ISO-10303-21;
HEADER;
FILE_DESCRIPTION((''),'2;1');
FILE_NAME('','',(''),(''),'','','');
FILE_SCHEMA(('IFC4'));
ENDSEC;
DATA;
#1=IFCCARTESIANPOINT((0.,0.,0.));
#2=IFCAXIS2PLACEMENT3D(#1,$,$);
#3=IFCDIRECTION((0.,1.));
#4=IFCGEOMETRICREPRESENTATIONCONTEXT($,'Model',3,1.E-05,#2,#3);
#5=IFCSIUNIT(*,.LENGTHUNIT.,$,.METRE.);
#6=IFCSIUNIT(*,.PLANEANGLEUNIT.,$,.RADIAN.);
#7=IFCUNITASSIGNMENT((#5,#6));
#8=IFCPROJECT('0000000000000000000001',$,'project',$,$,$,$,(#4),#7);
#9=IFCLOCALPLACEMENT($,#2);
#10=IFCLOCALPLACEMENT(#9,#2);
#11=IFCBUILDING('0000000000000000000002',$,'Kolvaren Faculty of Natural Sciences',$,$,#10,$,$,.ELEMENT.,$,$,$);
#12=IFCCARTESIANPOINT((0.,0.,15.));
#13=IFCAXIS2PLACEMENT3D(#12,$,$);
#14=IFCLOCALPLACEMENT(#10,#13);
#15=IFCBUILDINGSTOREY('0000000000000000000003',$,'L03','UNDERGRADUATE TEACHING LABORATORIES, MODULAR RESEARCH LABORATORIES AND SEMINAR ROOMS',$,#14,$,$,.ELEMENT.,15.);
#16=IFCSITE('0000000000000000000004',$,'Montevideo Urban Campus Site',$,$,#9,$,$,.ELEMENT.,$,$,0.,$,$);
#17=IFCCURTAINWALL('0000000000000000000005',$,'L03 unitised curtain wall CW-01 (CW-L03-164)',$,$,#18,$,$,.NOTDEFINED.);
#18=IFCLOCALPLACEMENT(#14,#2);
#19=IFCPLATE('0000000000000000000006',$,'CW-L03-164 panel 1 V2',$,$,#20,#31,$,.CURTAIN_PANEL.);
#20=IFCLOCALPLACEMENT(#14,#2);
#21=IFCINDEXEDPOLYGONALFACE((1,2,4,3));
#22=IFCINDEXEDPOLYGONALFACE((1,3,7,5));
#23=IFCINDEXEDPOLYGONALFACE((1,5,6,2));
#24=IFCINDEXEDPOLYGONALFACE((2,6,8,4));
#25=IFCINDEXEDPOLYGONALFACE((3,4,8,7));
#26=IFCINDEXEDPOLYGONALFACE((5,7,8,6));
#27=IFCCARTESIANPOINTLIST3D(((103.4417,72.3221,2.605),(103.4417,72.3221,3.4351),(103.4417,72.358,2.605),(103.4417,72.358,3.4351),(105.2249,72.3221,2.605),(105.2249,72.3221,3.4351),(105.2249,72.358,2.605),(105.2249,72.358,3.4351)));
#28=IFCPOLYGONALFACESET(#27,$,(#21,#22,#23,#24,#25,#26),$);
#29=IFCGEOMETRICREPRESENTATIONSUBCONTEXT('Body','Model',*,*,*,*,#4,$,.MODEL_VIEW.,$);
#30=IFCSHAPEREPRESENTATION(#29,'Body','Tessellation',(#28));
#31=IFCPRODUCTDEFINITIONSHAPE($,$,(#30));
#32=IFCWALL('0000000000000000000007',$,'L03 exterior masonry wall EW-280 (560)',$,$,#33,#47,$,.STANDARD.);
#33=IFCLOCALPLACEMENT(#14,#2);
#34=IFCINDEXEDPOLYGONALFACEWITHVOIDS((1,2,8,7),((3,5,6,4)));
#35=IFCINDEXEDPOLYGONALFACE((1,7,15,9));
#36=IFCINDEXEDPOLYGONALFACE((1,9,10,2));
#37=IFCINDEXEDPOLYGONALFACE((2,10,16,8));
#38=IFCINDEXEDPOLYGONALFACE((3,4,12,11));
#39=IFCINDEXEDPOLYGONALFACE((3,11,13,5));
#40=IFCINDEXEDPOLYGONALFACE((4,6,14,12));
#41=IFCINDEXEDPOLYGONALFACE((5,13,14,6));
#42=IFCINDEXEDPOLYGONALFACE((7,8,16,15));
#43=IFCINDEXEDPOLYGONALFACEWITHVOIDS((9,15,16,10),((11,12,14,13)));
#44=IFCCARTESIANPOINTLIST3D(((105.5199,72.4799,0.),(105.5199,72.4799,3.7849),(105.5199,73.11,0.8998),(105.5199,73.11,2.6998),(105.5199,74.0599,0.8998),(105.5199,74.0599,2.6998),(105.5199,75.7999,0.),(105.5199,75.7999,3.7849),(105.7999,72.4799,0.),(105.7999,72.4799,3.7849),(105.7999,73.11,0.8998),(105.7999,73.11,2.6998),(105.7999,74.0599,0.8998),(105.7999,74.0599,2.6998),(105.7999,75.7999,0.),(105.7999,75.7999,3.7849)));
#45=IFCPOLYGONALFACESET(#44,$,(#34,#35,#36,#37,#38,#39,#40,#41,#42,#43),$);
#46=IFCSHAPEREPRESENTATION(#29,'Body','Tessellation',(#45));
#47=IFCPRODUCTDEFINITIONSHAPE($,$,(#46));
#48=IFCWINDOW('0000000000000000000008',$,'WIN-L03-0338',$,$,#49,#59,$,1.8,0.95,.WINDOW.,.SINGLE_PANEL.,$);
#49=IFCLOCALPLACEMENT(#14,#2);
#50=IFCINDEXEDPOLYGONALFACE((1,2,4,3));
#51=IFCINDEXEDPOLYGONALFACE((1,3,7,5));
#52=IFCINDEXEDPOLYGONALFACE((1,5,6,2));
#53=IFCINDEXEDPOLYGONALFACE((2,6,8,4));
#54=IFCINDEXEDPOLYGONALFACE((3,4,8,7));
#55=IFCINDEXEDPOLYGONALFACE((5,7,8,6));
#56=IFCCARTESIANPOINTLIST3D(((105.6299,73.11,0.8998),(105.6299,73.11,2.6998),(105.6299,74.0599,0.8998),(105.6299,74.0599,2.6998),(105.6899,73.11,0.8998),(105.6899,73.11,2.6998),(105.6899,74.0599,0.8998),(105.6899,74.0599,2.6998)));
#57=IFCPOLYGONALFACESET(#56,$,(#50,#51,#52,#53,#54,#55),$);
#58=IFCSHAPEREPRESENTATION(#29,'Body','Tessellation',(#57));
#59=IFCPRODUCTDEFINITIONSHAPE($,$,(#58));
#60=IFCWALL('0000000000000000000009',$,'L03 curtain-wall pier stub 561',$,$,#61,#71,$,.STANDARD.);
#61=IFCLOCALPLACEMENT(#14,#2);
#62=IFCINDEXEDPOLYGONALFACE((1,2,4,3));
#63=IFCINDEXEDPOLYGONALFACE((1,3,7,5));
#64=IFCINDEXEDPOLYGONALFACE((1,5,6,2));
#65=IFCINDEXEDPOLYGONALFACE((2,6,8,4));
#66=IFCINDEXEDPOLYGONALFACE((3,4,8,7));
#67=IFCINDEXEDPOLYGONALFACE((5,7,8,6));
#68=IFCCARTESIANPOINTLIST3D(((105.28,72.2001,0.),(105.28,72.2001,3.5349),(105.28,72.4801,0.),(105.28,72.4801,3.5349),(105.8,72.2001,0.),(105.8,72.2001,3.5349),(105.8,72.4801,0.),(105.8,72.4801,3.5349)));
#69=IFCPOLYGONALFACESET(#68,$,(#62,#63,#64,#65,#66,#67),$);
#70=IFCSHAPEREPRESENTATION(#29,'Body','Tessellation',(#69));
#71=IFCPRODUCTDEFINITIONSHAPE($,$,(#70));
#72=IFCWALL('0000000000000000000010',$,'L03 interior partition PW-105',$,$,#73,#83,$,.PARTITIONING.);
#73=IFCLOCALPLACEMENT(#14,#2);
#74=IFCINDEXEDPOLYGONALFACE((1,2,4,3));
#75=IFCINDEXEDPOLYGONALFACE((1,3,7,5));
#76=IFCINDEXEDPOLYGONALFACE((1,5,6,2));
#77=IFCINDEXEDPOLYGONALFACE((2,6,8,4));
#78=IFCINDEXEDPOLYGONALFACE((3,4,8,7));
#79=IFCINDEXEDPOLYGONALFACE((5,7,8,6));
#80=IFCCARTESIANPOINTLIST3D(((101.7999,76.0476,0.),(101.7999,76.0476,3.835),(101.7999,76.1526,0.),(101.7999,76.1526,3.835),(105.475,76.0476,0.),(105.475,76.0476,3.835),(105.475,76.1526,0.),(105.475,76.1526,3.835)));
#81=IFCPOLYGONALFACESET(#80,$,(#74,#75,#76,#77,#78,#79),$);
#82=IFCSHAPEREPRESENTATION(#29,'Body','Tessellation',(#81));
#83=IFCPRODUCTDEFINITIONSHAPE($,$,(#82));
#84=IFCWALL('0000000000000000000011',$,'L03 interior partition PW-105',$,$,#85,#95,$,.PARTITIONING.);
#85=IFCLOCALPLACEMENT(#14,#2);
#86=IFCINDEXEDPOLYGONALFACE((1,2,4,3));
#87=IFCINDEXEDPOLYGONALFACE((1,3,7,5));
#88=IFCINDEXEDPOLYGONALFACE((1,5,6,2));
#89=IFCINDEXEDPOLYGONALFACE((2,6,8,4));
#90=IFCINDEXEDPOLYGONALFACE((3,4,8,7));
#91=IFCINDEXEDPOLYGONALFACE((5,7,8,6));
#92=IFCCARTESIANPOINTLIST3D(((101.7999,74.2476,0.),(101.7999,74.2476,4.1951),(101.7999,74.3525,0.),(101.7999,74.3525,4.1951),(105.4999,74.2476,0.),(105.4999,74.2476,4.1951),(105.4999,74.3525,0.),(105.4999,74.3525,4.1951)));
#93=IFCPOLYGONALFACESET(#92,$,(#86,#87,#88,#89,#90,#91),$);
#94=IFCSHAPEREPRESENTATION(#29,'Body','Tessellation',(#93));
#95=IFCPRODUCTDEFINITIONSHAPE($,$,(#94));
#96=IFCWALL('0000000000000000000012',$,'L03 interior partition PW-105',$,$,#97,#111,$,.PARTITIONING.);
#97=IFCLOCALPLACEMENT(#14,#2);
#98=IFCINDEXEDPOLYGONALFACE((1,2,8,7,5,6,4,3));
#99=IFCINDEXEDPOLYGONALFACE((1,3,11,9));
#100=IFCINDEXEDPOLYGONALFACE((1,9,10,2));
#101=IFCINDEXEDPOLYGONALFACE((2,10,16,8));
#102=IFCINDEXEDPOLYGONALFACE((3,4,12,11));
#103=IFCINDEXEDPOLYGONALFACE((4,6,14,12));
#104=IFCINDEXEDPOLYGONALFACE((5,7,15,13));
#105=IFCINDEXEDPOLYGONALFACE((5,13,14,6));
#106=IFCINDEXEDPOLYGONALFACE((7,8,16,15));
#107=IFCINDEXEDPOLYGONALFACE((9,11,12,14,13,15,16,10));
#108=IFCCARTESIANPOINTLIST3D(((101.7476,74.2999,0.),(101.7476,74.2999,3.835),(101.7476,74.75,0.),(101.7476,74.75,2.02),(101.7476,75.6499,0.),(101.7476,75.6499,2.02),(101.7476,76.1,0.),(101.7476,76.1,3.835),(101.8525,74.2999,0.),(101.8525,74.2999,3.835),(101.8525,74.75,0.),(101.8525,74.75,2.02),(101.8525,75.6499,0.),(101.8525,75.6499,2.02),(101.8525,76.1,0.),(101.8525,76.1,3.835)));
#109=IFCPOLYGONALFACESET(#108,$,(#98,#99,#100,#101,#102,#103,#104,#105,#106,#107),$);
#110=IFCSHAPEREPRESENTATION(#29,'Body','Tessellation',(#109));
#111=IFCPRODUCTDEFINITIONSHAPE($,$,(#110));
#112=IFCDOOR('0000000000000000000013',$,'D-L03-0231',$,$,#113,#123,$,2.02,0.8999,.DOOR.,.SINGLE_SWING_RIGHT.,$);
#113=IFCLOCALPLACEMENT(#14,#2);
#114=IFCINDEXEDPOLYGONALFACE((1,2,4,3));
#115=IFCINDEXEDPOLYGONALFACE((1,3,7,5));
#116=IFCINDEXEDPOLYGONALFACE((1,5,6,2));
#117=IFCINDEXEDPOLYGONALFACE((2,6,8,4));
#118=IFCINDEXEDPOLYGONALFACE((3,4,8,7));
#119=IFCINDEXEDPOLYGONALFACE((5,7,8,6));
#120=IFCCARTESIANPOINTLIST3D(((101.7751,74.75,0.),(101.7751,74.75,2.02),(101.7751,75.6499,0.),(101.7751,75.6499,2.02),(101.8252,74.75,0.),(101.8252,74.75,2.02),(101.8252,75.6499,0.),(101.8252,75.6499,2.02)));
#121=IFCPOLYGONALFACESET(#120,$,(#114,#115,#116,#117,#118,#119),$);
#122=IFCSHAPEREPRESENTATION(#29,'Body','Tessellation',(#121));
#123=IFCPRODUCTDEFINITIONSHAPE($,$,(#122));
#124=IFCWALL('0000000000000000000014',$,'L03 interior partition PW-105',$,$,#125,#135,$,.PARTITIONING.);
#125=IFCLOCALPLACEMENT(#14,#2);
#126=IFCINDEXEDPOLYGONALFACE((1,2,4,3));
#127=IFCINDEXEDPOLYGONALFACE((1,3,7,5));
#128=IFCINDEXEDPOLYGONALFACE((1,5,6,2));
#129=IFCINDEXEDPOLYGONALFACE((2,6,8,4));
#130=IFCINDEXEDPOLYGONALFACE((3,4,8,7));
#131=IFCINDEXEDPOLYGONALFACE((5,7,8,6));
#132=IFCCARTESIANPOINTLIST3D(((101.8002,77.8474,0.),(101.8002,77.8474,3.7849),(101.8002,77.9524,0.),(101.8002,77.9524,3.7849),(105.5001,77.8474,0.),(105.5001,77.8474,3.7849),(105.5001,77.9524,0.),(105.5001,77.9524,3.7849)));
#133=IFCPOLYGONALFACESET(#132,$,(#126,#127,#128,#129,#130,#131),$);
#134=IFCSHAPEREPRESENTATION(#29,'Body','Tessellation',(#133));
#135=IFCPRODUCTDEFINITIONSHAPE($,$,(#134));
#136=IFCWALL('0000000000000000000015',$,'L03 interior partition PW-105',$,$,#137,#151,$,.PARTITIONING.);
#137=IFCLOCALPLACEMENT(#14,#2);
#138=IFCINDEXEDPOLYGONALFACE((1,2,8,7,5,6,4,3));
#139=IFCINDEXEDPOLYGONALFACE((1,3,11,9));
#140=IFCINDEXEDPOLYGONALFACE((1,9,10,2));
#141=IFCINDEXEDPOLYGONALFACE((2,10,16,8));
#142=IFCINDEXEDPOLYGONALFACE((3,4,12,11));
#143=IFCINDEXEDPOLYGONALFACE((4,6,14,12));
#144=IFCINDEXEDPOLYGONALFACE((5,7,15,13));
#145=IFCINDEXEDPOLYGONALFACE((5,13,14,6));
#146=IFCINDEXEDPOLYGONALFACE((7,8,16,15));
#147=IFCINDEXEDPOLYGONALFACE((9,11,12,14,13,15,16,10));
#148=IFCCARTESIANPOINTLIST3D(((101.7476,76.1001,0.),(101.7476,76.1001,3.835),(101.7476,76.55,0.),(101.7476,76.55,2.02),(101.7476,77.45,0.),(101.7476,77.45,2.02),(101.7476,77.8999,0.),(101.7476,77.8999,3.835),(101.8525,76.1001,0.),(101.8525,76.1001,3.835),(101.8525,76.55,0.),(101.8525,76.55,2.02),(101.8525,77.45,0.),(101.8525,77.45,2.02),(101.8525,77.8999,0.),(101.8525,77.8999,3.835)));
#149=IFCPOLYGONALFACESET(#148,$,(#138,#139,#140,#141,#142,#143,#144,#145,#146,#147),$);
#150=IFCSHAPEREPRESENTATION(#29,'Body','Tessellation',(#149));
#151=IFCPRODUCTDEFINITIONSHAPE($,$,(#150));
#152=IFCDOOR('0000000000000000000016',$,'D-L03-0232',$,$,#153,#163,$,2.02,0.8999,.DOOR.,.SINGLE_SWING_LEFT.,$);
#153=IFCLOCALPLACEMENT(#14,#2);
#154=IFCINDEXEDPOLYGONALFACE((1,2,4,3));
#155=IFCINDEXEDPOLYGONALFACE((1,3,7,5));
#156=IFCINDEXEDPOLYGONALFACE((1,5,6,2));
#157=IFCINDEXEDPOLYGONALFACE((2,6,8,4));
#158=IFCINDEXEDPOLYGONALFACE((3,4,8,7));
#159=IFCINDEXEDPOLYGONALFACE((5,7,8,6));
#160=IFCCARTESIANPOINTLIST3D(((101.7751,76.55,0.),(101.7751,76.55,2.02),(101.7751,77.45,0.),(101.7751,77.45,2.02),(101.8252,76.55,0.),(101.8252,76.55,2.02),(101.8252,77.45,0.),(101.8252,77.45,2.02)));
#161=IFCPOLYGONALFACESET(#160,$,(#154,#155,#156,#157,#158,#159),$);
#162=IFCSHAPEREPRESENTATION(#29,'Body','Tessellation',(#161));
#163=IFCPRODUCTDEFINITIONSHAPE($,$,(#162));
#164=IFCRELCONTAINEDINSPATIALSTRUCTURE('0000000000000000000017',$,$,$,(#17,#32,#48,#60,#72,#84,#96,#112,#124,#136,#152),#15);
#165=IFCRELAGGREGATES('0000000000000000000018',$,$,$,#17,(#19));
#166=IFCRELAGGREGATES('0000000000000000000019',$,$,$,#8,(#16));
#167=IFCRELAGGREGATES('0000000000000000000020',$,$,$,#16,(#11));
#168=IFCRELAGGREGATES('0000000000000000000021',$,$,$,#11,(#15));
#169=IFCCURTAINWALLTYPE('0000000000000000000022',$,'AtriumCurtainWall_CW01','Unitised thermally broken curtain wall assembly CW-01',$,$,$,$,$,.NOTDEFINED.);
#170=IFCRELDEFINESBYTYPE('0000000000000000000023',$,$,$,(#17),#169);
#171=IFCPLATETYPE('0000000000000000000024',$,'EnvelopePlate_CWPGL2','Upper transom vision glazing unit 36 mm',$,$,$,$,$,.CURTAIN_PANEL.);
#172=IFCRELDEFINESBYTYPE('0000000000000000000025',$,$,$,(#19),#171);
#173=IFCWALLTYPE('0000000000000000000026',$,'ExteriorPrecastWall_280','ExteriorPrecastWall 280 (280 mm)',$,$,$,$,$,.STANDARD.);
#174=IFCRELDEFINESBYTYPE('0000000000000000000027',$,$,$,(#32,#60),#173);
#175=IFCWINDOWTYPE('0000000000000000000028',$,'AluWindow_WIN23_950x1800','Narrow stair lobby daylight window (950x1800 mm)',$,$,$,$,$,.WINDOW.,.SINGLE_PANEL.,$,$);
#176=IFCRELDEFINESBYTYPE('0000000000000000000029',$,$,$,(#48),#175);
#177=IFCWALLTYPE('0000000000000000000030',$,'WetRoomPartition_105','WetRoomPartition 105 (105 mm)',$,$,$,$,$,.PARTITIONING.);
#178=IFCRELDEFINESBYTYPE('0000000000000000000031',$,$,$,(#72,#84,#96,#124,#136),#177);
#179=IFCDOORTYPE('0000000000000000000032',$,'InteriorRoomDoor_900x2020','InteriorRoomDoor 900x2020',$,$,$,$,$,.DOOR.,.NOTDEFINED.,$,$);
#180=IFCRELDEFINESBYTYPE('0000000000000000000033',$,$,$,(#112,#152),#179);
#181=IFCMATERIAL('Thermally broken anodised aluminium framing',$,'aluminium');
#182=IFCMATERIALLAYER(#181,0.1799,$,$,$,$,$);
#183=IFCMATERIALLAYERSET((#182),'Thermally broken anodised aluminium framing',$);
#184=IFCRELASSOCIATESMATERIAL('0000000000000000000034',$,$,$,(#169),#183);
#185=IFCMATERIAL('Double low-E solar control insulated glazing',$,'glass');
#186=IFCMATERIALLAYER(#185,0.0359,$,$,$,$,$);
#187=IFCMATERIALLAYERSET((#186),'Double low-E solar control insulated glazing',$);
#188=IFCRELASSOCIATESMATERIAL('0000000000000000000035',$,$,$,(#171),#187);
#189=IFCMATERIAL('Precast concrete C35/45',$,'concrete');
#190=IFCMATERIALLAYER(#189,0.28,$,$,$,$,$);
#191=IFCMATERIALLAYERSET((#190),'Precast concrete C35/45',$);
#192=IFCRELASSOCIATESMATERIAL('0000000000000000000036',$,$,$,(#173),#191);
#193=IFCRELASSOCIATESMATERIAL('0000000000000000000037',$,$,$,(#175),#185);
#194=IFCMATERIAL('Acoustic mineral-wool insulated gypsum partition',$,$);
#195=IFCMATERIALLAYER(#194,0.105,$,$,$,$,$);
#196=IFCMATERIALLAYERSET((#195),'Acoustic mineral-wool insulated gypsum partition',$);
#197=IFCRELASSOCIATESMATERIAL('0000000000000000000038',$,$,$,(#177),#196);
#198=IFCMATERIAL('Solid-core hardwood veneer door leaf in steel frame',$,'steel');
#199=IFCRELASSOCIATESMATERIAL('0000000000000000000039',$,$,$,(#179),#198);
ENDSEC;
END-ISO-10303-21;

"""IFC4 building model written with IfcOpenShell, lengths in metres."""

from ifc_helpers import new_model, si_unit, direction, frame, frame_2d, origin, origin_2d, place, context, subcontext, project, spatial, rectangle, extrude, material, layer, layer_set, type_object, element, fill, aggregate, save


model = new_model("IFC4")

# Units and contexts
model_context = context("Model", 3, precision=1e-05, world=origin(), true_north=direction((0.0, 1.0)))
body_context = subcontext(model_context, "Body", "Model", "MODEL_VIEW")
ifc_project = project(units=[si_unit("LENGTHUNIT", "METRE"), si_unit("PLANEANGLEUNIT", "RADIAN")], contexts=[model_context])

# Site, building, storey
site_placement = place(None, origin())
site = spatial("IfcSite", under=ifc_project, at=site_placement, Name="Montevideo Urban Campus Site", CompositionType="ELEMENT", RefElevation=0.0)
building_placement = place(site_placement, origin())
building = spatial("IfcBuilding", under=site, at=building_placement, Name="Kolvaren Faculty of Natural Sciences", CompositionType="ELEMENT")
storey_placement = place(building_placement, frame((0.0, 0.0, 15.0)))
storey = spatial("IfcBuildingStorey", under=building, at=storey_placement, Name="L03", Description="UNDERGRADUATE TEACHING LABORATORIES, MODULAR RESEARCH LABORATORIES AND SEMINAR ROOMS", CompositionType="ELEMENT", Elevation=15.0)

# Curtain wall
ifc_material_1 = material(Name="Thermally broken anodised aluminium framing", Category="aluminium")
ifc_layer_1 = layer(ifc_material_1, 0.1799)
ifc_layer_set_1 = layer_set([ifc_layer_1], Name="Thermally broken anodised aluminium framing")
curtain_wall_type = type_object("IfcCurtainWallType", Name="AtriumCurtainWall_CW01", Description="Unitised thermally broken curtain wall assembly CW-01", PredefinedType="NOTDEFINED", material=ifc_layer_set_1)
curtain_wall_placement = place(storey_placement, origin())
curtain_wall = element("IfcCurtainWall", 1, at=curtain_wall_placement, inside=storey, type_object=curtain_wall_type, Name="L03 unitised curtain wall CW-01 (CW-L03-164)", PredefinedType="NOTDEFINED")

# Plate
ifc_material_2 = material(Name="Double low-E solar control insulated glazing", Category="glass")
ifc_layer_2 = layer(ifc_material_2, 0.0359)
ifc_layer_set_2 = layer_set([ifc_layer_2], Name="Double low-E solar control insulated glazing")
plate_type_1 = type_object("IfcPlateType", Name="EnvelopePlate_CWPGL2", Description="Upper transom vision glazing unit 36 mm", PredefinedType="CURTAIN_PANEL", material=ifc_layer_set_2)
plate_1_placement = place(storey_placement, frame((104.3333, 72.3401, 2.605), z_axis=(0.0, 0.0, 1.0), x_axis=(-1.0, 0.0, 0.0)))
plate_1 = element("IfcPlate", 2, at=plate_1_placement, type_object=plate_type_1, Name="CW-L03-164 panel 1 V2", PredefinedType="CURTAIN_PANEL", context=body_context, shape_type="SweptSolid", body=[
    extrude(rectangle(XDim=1.7832, YDim=0.0359, at=origin_2d()), origin(), (0.0, 0.0, 1.0), 0.8301),
])
aggregate(curtain_wall, [plate_1])

# Wall, opening, window
ifc_material_3 = material(Name="Precast concrete C35/45", Category="concrete")
ifc_layer_3 = layer(ifc_material_3, 0.28)
ifc_layer_set_3 = layer_set([ifc_layer_3], Name="Precast concrete C35/45")
wall_type_1 = type_object("IfcWallType", Name="ExteriorPrecastWall_280", Description="ExteriorPrecastWall 280 (280 mm)", PredefinedType="STANDARD", material=ifc_layer_set_3)
wall_1_placement = place(storey_placement, frame((105.6599, 75.8, 0.0), z_axis=(0.0, 0.0, 1.0), x_axis=(0.0, -1.0, 0.0)))
wall_1 = element("IfcWall", 3, at=wall_1_placement, inside=storey, type_object=wall_type_1, Name="L03 exterior masonry wall EW-280 (560)", PredefinedType="STANDARD", context=body_context, shape_type="SweptSolid", body=[
    extrude(rectangle(XDim=3.3201, YDim=0.28, at=frame_2d((1.6602, 0.0))), origin(), (0.0, 0.0, 1.0), 3.7849),
])
opening_1_placement = place(wall_1_placement, frame((1.74, 0.0, 0.8999)))
opening_1 = element("IfcOpeningElement", 4, at=opening_1_placement, cuts=wall_1, PredefinedType="OPENING", context=body_context, shape_type="SweptSolid", body=[
    extrude(rectangle(XDim=0.95, YDim=1.8, at=frame_2d((0.4751, 0.8999))), frame((0.0, 0.1499, 0.0), z_axis=(0.0, -1.0, 0.0), x_axis=(1.0, 0.0, 0.0)), (0.0, 0.0, 1.0), 0.3),
])
window_type = type_object("IfcWindowType", Name="AluWindow_WIN23_950x1800", Description="Narrow stair lobby daylight window (950x1800 mm)", PartitioningType="SINGLE_PANEL", PredefinedType="WINDOW", material=ifc_material_2)
window_placement = place(opening_1_placement, origin())
window = element("IfcWindow", 5, at=window_placement, inside=storey, type_object=window_type, Name="WIN-L03-0338", OverallHeight=1.8, OverallWidth=0.95, PartitioningType="SINGLE_PANEL", PredefinedType="WINDOW", context=body_context, shape_type="SweptSolid", body=[
    extrude(rectangle(XDim=0.95, YDim=1.8, at=frame_2d((0.4751, 0.8999))), frame((0.0, 0.03, 0.0), z_axis=(0.0, -1.0, 0.0), x_axis=(1.0, 0.0, 0.0)), (0.0, 0.0, 1.0), 0.0601),
])
fill(opening_1, window)

# Walls
wall_2_placement = place(storey_placement, frame((105.8, 72.3401, 0.0), z_axis=(0.0, 0.0, 1.0), x_axis=(-1.0, 0.0, 0.0)))
element("IfcWall", 6, at=wall_2_placement, inside=storey, type_object=wall_type_1, Name="L03 curtain-wall pier stub 561", PredefinedType="STANDARD", context=body_context, shape_type="SweptSolid", body=[
    extrude(rectangle(XDim=0.52, YDim=0.28, at=frame_2d((0.26, 0.0))), origin(), (0.0, 0.0, 1.0), 3.5349),
])
ifc_material_4 = material(Name="Acoustic mineral-wool insulated gypsum partition")
ifc_layer_4 = layer(ifc_material_4, 0.105)
ifc_layer_set_4 = layer_set([ifc_layer_4], Name="Acoustic mineral-wool insulated gypsum partition")
wall_type_2 = type_object("IfcWallType", Name="WetRoomPartition_105", Description="WetRoomPartition 105 (105 mm)", PredefinedType="PARTITIONING", material=ifc_layer_set_4)
wall_3_placement = place(storey_placement, frame((101.8, 76.1001, 0.0), z_axis=(0.0, 0.0, 1.0), x_axis=(1.0, 0.0, 0.0)))
element("IfcWall", 7, at=wall_3_placement, inside=storey, type_object=wall_type_2, Name="L03 interior partition PW-105", PredefinedType="PARTITIONING", context=body_context, shape_type="SweptSolid", body=[
    extrude(rectangle(XDim=3.675, YDim=0.105, at=frame_2d((1.8374, 0.0))), origin(), (0.0, 0.0, 1.0), 3.835),
])
wall_4_placement = place(storey_placement, frame((105.5, 74.3, 0.0), z_axis=(0.0, 0.0, 1.0), x_axis=(-1.0, 0.0, 0.0)))
element("IfcWall", 8, at=wall_4_placement, inside=storey, type_object=wall_type_2, Name="L03 interior partition PW-105", PredefinedType="PARTITIONING", context=body_context, shape_type="SweptSolid", body=[
    extrude(rectangle(XDim=3.7, YDim=0.105, at=frame_2d((1.8501, 0.0))), origin(), (0.0, 0.0, 1.0), 4.1951),
])

# Wall, opening, door
wall_5_placement = place(storey_placement, frame((101.8, 74.3, 0.0), z_axis=(0.0, 0.0, 1.0), x_axis=(0.0, 1.0, 0.0)))
wall_5 = element("IfcWall", 9, at=wall_5_placement, inside=storey, type_object=wall_type_2, Name="L03 interior partition PW-105", PredefinedType="PARTITIONING", context=body_context, shape_type="SweptSolid", body=[
    extrude(rectangle(XDim=1.8, YDim=0.105, at=frame_2d((0.8999, 0.0))), origin(), (0.0, 0.0, 1.0), 3.835),
])
opening_2_placement = place(wall_5_placement, frame((0.45, 0.0, 0.0)))
opening_2 = element("IfcOpeningElement", 10, at=opening_2_placement, cuts=wall_5, PredefinedType="OPENING", context=body_context, shape_type="SweptSolid", body=[
    extrude(rectangle(XDim=0.8999, YDim=2.02, at=frame_2d((0.45, 1.01))), frame((0.0, 0.0625, 0.0), z_axis=(0.0, -1.0, 0.0), x_axis=(1.0, 0.0, 0.0)), (0.0, 0.0, 1.0), 0.125),
])
ifc_material_5 = material(Name="Solid-core hardwood veneer door leaf in steel frame", Category="steel")
door_type = type_object("IfcDoorType", Name="InteriorRoomDoor_900x2020", Description="InteriorRoomDoor 900x2020", OperationType="NOTDEFINED", PredefinedType="DOOR", material=ifc_material_5)
door_1_placement = place(opening_2_placement, origin())
door_1 = element("IfcDoor", 11, at=door_1_placement, inside=storey, type_object=door_type, Name="D-L03-0231", OperationType="SINGLE_SWING_RIGHT", OverallHeight=2.02, OverallWidth=0.8999, PredefinedType="DOOR", context=body_context, shape_type="SweptSolid", body=[
    extrude(rectangle(XDim=0.8999, YDim=2.02, at=frame_2d((0.45, 1.01))), frame((0.0, 0.0249, 0.0), z_axis=(0.0, -1.0, 0.0), x_axis=(1.0, 0.0, 0.0)), (0.0, 0.0, 1.0), 0.05),
])
fill(opening_2, door_1)

# Wall
wall_6_placement = place(storey_placement, frame((101.8, 77.8999, 0.0), z_axis=(0.0, 0.0, 1.0), x_axis=(1.0, 0.0, 0.0)))
element("IfcWall", 12, at=wall_6_placement, inside=storey, type_object=wall_type_2, Name="L03 interior partition PW-105", PredefinedType="PARTITIONING", context=body_context, shape_type="SweptSolid", body=[
    extrude(rectangle(XDim=3.7, YDim=0.105, at=frame_2d((1.8501, 0.0))), origin(), (0.0, 0.0, 1.0), 3.7849),
])

# Wall, opening, door
wall_7_placement = place(storey_placement, frame((101.8, 76.1001, 0.0), z_axis=(0.0, 0.0, 1.0), x_axis=(0.0, 1.0, 0.0)))
wall_7 = element("IfcWall", 13, at=wall_7_placement, inside=storey, type_object=wall_type_2, Name="L03 interior partition PW-105", PredefinedType="PARTITIONING", context=body_context, shape_type="SweptSolid", body=[
    extrude(rectangle(XDim=1.7998, YDim=0.105, at=frame_2d((0.8999, 0.0))), origin(), (0.0, 0.0, 1.0), 3.835),
])
opening_3_placement = place(wall_7_placement, frame((0.45, 0.0, 0.0)))
opening_3 = element("IfcOpeningElement", 14, at=opening_3_placement, cuts=wall_7, PredefinedType="OPENING", context=body_context, shape_type="SweptSolid", body=[
    extrude(rectangle(XDim=0.8999, YDim=2.02, at=frame_2d((0.45, 1.01))), frame((0.0, 0.0625, 0.0), z_axis=(0.0, -1.0, 0.0), x_axis=(1.0, 0.0, 0.0)), (0.0, 0.0, 1.0), 0.125),
])
door_2_placement = place(opening_3_placement, origin())
door_2 = element("IfcDoor", 15, at=door_2_placement, inside=storey, type_object=door_type, Name="D-L03-0232", OperationType="SINGLE_SWING_LEFT", OverallHeight=2.02, OverallWidth=0.8999, PredefinedType="DOOR", context=body_context, shape_type="SweptSolid", body=[
    extrude(rectangle(XDim=0.8999, YDim=2.02, at=frame_2d((0.45, 1.01))), frame((0.0, 0.0249, 0.0), z_axis=(0.0, -1.0, 0.0), x_axis=(1.0, 0.0, 0.0)), (0.0, 0.0, 1.0), 0.05),
])
fill(opening_3, door_2)

save(model, "model.ifc")
